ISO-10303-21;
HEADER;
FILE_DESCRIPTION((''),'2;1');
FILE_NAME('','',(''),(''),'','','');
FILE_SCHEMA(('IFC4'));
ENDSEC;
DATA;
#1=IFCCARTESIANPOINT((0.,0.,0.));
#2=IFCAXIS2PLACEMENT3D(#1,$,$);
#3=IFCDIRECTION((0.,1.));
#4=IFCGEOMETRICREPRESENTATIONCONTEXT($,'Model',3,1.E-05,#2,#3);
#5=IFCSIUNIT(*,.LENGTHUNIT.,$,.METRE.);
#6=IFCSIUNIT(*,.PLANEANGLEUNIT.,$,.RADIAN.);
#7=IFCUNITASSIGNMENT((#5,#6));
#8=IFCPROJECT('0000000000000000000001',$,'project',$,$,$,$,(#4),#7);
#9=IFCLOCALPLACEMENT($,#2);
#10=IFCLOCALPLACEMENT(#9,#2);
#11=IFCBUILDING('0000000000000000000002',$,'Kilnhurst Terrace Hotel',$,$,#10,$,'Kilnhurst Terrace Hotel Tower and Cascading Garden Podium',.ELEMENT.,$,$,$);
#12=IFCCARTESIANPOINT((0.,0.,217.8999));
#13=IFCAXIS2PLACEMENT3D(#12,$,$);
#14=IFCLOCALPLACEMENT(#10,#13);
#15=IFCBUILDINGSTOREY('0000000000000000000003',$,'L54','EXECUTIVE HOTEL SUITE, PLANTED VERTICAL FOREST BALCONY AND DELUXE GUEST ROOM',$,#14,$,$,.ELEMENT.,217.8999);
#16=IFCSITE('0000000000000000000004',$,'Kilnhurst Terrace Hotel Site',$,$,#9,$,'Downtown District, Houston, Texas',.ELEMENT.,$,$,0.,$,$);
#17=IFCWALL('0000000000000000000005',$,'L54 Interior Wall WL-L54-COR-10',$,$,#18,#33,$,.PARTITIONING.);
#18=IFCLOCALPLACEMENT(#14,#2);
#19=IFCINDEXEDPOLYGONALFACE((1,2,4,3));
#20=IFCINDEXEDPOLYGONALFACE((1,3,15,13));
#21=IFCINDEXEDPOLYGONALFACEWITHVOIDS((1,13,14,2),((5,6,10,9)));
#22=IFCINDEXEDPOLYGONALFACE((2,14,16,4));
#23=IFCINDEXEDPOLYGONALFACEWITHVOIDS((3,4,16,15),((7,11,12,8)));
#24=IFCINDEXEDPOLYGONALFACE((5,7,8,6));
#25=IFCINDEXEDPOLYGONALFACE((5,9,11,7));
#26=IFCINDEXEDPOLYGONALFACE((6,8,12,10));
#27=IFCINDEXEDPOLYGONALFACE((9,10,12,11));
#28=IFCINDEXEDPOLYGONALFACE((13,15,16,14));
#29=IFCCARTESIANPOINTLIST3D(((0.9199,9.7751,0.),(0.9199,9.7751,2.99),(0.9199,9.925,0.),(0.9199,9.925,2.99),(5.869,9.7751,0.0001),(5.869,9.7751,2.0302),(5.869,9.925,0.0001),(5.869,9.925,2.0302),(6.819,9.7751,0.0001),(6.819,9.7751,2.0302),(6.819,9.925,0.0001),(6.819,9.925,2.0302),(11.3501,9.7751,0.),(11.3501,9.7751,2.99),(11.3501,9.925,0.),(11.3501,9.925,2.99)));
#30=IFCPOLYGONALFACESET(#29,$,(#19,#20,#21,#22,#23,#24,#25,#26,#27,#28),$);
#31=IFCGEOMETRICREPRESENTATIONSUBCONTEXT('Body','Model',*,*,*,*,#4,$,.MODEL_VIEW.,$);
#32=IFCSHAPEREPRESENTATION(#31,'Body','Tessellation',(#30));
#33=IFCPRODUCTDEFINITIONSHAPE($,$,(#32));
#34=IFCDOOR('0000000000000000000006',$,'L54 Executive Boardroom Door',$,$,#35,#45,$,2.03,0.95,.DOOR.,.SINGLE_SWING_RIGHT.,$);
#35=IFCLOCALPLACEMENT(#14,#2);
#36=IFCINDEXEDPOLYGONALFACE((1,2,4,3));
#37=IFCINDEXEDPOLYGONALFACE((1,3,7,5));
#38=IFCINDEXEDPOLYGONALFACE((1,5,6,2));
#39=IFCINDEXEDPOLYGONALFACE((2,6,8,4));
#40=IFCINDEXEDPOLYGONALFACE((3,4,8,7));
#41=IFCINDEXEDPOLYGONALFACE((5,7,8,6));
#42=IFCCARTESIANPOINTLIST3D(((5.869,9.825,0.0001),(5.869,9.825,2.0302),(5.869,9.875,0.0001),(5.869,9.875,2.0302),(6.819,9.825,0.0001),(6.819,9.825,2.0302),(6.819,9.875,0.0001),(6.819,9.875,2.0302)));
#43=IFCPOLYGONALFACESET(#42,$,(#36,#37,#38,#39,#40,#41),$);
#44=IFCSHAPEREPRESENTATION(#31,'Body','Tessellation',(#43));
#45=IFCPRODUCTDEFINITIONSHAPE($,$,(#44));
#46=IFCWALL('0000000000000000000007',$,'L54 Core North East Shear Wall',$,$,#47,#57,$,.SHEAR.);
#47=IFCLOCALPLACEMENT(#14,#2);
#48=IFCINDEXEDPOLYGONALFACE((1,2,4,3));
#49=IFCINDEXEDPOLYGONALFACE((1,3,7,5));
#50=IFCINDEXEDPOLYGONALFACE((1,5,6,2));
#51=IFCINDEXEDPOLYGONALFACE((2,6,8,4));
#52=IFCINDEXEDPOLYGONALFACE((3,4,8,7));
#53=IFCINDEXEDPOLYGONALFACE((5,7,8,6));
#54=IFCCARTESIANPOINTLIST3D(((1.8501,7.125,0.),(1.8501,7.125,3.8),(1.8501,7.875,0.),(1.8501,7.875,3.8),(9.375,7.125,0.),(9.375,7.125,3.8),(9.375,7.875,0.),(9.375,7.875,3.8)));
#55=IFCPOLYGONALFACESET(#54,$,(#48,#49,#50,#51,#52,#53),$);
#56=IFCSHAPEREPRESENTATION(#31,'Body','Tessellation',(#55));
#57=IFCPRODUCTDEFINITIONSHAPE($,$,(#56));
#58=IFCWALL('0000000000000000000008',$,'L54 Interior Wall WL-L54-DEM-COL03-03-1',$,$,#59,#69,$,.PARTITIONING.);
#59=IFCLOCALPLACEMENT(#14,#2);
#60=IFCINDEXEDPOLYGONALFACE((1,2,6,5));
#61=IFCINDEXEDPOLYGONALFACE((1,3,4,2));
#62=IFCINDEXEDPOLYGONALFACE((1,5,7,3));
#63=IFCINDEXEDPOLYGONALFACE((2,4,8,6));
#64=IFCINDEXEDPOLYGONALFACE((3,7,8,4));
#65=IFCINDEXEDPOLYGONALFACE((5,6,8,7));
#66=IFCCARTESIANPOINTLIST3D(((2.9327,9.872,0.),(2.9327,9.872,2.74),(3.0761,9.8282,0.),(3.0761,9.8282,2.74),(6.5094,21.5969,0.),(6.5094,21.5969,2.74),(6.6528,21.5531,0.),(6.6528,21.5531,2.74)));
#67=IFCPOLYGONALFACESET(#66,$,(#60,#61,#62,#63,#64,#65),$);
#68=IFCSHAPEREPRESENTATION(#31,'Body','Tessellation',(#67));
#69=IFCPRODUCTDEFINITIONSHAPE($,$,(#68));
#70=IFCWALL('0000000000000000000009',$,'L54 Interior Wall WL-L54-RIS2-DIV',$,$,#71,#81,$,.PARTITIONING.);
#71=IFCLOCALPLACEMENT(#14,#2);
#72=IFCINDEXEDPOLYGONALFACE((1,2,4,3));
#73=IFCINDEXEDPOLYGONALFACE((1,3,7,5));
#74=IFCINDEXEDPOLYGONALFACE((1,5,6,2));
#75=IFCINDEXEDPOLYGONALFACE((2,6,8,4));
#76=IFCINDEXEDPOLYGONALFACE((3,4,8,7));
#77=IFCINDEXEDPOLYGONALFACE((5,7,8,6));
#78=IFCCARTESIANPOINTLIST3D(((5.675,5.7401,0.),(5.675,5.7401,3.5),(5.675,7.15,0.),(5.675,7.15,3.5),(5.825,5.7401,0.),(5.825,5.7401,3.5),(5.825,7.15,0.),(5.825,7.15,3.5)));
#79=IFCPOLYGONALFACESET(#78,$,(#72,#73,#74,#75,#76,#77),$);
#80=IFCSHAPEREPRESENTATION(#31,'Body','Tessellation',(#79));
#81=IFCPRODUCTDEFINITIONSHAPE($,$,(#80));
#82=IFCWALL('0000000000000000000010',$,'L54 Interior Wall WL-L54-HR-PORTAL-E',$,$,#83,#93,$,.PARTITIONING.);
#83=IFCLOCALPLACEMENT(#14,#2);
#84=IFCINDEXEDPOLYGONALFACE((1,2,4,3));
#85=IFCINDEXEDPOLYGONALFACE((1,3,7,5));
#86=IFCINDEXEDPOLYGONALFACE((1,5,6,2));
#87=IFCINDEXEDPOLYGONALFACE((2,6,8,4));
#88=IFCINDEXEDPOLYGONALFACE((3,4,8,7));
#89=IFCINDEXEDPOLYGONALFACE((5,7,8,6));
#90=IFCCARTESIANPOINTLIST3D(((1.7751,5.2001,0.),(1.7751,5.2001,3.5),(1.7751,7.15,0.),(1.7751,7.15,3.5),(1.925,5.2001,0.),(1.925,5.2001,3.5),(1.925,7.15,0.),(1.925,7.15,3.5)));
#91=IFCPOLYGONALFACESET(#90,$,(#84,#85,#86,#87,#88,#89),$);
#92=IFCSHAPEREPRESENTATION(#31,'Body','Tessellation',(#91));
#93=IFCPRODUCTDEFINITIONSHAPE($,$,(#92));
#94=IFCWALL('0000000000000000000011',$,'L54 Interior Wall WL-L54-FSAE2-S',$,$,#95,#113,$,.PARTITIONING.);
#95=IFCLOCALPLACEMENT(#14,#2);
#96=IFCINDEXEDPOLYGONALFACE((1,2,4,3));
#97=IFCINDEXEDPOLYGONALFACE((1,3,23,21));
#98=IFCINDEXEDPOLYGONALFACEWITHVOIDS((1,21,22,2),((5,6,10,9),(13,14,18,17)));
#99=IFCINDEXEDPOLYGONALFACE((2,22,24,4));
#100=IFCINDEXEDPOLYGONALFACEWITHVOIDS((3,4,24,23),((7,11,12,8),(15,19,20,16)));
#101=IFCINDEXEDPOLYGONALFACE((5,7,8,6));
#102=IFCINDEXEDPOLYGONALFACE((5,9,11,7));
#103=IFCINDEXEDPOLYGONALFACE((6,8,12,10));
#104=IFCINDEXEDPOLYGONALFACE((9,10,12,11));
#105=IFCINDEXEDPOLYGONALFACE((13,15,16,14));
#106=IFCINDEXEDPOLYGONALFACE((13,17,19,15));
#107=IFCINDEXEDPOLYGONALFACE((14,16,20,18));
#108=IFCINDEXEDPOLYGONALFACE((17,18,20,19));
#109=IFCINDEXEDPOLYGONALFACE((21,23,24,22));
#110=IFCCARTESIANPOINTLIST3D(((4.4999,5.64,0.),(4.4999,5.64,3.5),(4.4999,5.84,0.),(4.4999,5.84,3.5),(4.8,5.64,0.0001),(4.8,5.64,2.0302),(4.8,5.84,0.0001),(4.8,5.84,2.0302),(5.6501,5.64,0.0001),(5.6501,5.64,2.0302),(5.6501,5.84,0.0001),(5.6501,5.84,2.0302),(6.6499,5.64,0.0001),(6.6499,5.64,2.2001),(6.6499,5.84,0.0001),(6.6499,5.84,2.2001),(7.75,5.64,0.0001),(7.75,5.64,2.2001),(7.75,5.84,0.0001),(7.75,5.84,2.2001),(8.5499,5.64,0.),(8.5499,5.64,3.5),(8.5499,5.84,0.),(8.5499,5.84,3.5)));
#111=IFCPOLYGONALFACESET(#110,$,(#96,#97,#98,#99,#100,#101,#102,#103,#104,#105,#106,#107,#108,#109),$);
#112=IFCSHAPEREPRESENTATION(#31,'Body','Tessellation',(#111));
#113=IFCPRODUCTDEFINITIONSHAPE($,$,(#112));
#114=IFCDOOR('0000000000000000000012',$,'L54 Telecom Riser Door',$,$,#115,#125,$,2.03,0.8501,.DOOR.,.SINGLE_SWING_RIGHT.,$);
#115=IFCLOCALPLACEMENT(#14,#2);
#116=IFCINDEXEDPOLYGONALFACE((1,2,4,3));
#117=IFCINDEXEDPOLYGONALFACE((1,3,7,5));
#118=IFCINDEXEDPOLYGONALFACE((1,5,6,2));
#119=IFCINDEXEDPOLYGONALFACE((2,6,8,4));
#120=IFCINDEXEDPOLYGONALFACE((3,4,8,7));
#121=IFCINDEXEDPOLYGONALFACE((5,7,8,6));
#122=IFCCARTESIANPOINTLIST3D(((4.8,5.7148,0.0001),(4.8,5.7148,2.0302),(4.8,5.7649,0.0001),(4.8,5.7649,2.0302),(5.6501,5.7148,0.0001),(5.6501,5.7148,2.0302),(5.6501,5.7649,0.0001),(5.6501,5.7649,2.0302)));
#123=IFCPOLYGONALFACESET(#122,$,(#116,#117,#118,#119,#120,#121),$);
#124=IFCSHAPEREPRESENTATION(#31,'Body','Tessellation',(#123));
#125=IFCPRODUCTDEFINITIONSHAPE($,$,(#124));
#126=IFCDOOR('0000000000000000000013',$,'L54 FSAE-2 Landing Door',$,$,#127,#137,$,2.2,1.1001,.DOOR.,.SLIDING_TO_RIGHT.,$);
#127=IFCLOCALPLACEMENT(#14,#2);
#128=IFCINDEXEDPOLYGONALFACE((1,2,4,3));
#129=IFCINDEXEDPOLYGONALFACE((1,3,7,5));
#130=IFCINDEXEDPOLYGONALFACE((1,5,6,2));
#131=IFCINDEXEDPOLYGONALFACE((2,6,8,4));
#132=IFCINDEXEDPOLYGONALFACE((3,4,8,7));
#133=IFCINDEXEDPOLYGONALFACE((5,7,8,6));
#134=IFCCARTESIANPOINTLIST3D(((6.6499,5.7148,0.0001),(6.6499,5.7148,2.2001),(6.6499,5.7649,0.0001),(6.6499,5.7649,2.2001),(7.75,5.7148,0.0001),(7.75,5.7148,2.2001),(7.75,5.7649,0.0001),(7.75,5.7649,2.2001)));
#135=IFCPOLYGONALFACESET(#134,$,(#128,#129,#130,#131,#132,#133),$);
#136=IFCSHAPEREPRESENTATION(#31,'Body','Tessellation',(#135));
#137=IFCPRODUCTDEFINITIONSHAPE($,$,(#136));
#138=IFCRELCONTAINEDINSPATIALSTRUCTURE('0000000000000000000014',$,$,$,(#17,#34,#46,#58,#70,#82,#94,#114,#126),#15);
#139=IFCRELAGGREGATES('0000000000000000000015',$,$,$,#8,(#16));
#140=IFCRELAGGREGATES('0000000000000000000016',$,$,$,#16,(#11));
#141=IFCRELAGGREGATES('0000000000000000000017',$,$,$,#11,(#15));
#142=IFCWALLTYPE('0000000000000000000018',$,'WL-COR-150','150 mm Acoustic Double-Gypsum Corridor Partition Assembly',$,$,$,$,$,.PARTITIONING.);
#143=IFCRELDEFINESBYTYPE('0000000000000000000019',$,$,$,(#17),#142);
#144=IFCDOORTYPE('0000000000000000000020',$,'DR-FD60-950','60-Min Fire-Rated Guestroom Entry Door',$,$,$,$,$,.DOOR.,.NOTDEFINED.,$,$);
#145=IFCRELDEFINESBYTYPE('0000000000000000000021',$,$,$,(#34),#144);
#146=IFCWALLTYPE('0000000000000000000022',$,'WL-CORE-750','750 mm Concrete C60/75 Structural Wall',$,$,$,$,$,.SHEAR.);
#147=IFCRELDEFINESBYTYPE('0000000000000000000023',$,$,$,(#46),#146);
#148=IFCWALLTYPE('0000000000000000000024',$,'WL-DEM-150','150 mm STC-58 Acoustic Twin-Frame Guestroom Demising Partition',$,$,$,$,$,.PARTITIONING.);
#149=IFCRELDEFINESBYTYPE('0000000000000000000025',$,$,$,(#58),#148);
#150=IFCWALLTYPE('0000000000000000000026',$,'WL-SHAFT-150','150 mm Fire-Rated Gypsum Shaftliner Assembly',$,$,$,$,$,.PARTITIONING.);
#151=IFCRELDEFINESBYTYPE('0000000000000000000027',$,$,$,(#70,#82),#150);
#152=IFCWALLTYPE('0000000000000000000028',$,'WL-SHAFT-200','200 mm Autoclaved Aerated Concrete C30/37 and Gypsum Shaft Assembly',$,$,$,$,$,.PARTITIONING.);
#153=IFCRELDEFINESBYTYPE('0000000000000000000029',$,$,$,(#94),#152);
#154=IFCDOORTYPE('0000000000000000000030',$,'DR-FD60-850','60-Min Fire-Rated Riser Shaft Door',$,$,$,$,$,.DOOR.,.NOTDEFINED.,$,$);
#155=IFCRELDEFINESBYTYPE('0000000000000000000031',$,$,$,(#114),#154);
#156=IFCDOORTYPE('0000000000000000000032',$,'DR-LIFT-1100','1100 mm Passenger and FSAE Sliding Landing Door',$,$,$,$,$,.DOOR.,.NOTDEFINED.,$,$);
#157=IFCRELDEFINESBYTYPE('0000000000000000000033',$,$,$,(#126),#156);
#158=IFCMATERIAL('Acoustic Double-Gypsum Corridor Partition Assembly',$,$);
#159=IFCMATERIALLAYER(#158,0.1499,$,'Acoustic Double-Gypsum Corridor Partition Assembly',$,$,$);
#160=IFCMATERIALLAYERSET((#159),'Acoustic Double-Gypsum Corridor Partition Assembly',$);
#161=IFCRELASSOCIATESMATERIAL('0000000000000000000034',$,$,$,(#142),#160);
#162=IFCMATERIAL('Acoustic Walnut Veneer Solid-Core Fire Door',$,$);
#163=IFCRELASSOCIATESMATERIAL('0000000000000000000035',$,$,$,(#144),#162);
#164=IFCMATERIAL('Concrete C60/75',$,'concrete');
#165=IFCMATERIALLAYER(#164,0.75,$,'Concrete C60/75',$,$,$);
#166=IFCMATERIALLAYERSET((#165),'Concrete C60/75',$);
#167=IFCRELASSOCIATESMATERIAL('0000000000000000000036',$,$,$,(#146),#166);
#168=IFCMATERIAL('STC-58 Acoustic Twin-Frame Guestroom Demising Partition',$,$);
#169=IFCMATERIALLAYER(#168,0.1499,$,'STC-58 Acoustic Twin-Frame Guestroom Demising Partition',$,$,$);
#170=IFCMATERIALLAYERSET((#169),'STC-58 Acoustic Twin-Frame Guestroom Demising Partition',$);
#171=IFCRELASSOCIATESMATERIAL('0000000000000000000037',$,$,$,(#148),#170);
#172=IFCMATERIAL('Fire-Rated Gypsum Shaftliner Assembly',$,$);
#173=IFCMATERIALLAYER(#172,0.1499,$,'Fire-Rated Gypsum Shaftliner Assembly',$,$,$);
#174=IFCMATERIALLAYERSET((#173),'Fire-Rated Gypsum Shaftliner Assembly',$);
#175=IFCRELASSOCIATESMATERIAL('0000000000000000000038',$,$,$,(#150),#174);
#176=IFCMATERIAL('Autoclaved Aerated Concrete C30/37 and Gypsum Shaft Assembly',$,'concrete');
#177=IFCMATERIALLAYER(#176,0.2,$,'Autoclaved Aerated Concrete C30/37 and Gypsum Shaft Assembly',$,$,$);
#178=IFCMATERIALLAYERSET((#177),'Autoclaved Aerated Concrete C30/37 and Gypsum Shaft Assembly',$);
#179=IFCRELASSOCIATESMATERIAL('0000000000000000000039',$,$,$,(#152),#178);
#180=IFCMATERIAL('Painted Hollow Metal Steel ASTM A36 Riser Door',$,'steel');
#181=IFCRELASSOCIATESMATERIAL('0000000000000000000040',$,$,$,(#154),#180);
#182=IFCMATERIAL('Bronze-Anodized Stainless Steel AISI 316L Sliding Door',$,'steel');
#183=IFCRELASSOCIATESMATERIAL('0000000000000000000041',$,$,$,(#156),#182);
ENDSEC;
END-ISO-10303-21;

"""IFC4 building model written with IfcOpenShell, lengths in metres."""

from ifc_helpers import new_model, si_unit, direction, frame, frame_2d, origin, place, context, subcontext, project, spatial, rectangle, extrude, material, layer, layer_set, type_object, element, fill, save


model = new_model("IFC4")

# Units and contexts
model_context = context("Model", 3, precision=1e-05, world=origin(), true_north=direction((0.0, 1.0)))
body_context = subcontext(model_context, "Body", "Model", "MODEL_VIEW")
ifc_project = project(units=[si_unit("LENGTHUNIT", "METRE"), si_unit("PLANEANGLEUNIT", "RADIAN")], contexts=[model_context])

# Site, building, storey
site_placement = place(None, origin())
site = spatial("IfcSite", under=ifc_project, at=site_placement, Name="Kilnhurst Terrace Hotel Site", LongName="Downtown District, Houston, Texas", CompositionType="ELEMENT", RefElevation=0.0)
building_placement = place(site_placement, origin())
building = spatial("IfcBuilding", under=site, at=building_placement, Name="Kilnhurst Terrace Hotel", LongName="Kilnhurst Terrace Hotel Tower and Cascading Garden Podium", CompositionType="ELEMENT")
storey_placement = place(building_placement, frame((0.0, 0.0, 217.8999)))
storey = spatial("IfcBuildingStorey", under=building, at=storey_placement, Name="L54", Description="EXECUTIVE HOTEL SUITE, PLANTED VERTICAL FOREST BALCONY AND DELUXE GUEST ROOM", CompositionType="ELEMENT", Elevation=217.8999)

# Shared definitions
ifc_material_1 = material(Name="Concrete C60/75", Category="concrete")

# Shared definitions
ifc_material_2 = material(Name="Acoustic Double-Gypsum Corridor Partition Assembly")
ifc_layer_1 = layer(ifc_material_2, 0.1499, Name="Acoustic Double-Gypsum Corridor Partition Assembly")
ifc_layer_set_1 = layer_set([ifc_layer_1], Name="Acoustic Double-Gypsum Corridor Partition Assembly")
wall_type_1 = type_object("IfcWallType", Name="WL-COR-150", Description="150 mm Acoustic Double-Gypsum Corridor Partition Assembly", PredefinedType="PARTITIONING", material=ifc_layer_set_1)

# Wall, opening, door
wall_1_placement = place(storey_placement, frame((0.9199, 9.8501, 0.0), z_axis=(0.0, 0.0, 1.0), x_axis=(1.0, 0.0, 0.0)))
wall_1 = element("IfcWall", 1, at=wall_1_placement, inside=storey, type_object=wall_type_1, Name="L54 Interior Wall WL-L54-COR-10", PredefinedType="PARTITIONING", context=body_context, shape_type="SweptSolid", body=[
    extrude(rectangle(XDim=10.4302, YDim=0.1499, at=frame_2d((5.2151, 0.0))), origin(), (0.0, 0.0, 1.0), 2.99),
])
opening_1_placement = place(wall_1_placement, frame((4.949, 0.0, 0.0)))
opening_1 = element("IfcOpeningElement", 2, at=opening_1_placement, cuts=wall_1, PredefinedType="OPENING", context=body_context, shape_type="SweptSolid", body=[
    extrude(rectangle(XDim=0.95, YDim=2.03, at=frame_2d((0.4751, 1.0151))), frame((0.0, 0.085, 0.0), z_axis=(0.0, -1.0, 0.0), x_axis=(1.0, 0.0, 0.0)), (0.0, 0.0, 1.0), 0.1699),
])
ifc_material_3 = material(Name="Acoustic Walnut Veneer Solid-Core Fire Door")
door_type_1 = type_object("IfcDoorType", Name="DR-FD60-950", Description="60-Min Fire-Rated Guestroom Entry Door", OperationType="NOTDEFINED", PredefinedType="DOOR", material=ifc_material_3)
door_1_placement = place(opening_1_placement, origin())
door_1 = element("IfcDoor", 3, at=door_1_placement, inside=storey, type_object=door_type_1, Name="L54 Executive Boardroom Door", OperationType="SINGLE_SWING_RIGHT", OverallHeight=2.03, OverallWidth=0.95, PredefinedType="DOOR", context=body_context, shape_type="SweptSolid", body=[
    extrude(rectangle(XDim=0.95, YDim=2.03, at=frame_2d((0.4751, 1.0151))), frame((0.0, 0.0249, 0.0), z_axis=(0.0, -1.0, 0.0), x_axis=(1.0, 0.0, 0.0)), (0.0, 0.0, 1.0), 0.05),
])
fill(opening_1, door_1)

# Walls
ifc_layer_2 = layer(ifc_material_1, 0.75, Name="Concrete C60/75")
ifc_layer_set_2 = layer_set([ifc_layer_2], Name="Concrete C60/75")
wall_type_2 = type_object("IfcWallType", Name="WL-CORE-750", Description="750 mm Concrete C60/75 Structural Wall", PredefinedType="SHEAR", material=ifc_layer_set_2)
wall_2_placement = place(storey_placement, frame((1.8501, 7.5, 0.0), z_axis=(0.0, 0.0, 1.0), x_axis=(1.0, 0.0, 0.0)))
element("IfcWall", 4, at=wall_2_placement, inside=storey, type_object=wall_type_2, Name="L54 Core North East Shear Wall", PredefinedType="SHEAR", context=body_context, shape_type="SweptSolid", body=[
    extrude(rectangle(XDim=7.5249, YDim=0.75, at=frame_2d((3.7625, 0.0))), origin(), (0.0, 0.0, 1.0), 3.8),
])
ifc_material_4 = material(Name="STC-58 Acoustic Twin-Frame Guestroom Demising Partition")
ifc_layer_3 = layer(ifc_material_4, 0.1499, Name="STC-58 Acoustic Twin-Frame Guestroom Demising Partition")
ifc_layer_set_3 = layer_set([ifc_layer_3], Name="STC-58 Acoustic Twin-Frame Guestroom Demising Partition")
wall_type_3 = type_object("IfcWallType", Name="WL-DEM-150", Description="150 mm STC-58 Acoustic Twin-Frame Guestroom Demising Partition", PredefinedType="PARTITIONING", material=ifc_layer_set_3)
wall_3_placement = place(storey_placement, frame((3.0044, 9.8501, 0.0), z_axis=(0.0, 0.0, 1.0), x_axis=(0.291776, 0.956487, 0.0)))
element("IfcWall", 5, at=wall_3_placement, inside=storey, type_object=wall_type_3, Name="L54 Interior Wall WL-L54-DEM-COL03-03-1", PredefinedType="PARTITIONING", context=body_context, shape_type="SweptSolid", body=[
    extrude(rectangle(XDim=12.2583, YDim=0.1499, at=frame_2d((6.1292, 0.0))), origin(), (0.0, 0.0, 1.0), 2.74),
])
ifc_material_5 = material(Name="Fire-Rated Gypsum Shaftliner Assembly")
ifc_layer_4 = layer(ifc_material_5, 0.1499, Name="Fire-Rated Gypsum Shaftliner Assembly")
ifc_layer_set_4 = layer_set([ifc_layer_4], Name="Fire-Rated Gypsum Shaftliner Assembly")
wall_type_4 = type_object("IfcWallType", Name="WL-SHAFT-150", Description="150 mm Fire-Rated Gypsum Shaftliner Assembly", PredefinedType="PARTITIONING", material=ifc_layer_set_4)
wall_4_placement = place(storey_placement, frame((5.75, 5.74, 0.0), z_axis=(0.0, 0.0, 1.0), x_axis=(0.0, 1.0, 0.0)))
element("IfcWall", 6, at=wall_4_placement, inside=storey, type_object=wall_type_4, Name="L54 Interior Wall WL-L54-RIS2-DIV", PredefinedType="PARTITIONING", context=body_context, shape_type="SweptSolid", body=[
    extrude(rectangle(XDim=1.4099, YDim=0.1499, at=frame_2d((0.7051, 0.0))), origin(), (0.0, 0.0, 1.0), 3.5),
])
wall_5_placement = place(storey_placement, frame((1.8501, 5.2, 0.0), z_axis=(0.0, 0.0, 1.0), x_axis=(0.0, 1.0, 0.0)))
element("IfcWall", 7, at=wall_5_placement, inside=storey, type_object=wall_type_4, Name="L54 Interior Wall WL-L54-HR-PORTAL-E", PredefinedType="PARTITIONING", context=body_context, shape_type="SweptSolid", body=[
    extrude(rectangle(XDim=1.95, YDim=0.1499, at=frame_2d((0.9751, 0.0))), origin(), (0.0, 0.0, 1.0), 3.5),
])

# Wall, openings, doors
ifc_material_6 = material(Name="Autoclaved Aerated Concrete C30/37 and Gypsum Shaft Assembly", Category="concrete")
ifc_layer_5 = layer(ifc_material_6, 0.2, Name="Autoclaved Aerated Concrete C30/37 and Gypsum Shaft Assembly")
ifc_layer_set_5 = layer_set([ifc_layer_5], Name="Autoclaved Aerated Concrete C30/37 and Gypsum Shaft Assembly")
wall_type_5 = type_object("IfcWallType", Name="WL-SHAFT-200", Description="200 mm Autoclaved Aerated Concrete C30/37 and Gypsum Shaft Assembly", PredefinedType="PARTITIONING", material=ifc_layer_set_5)
wall_6_placement = place(storey_placement, frame((4.5, 5.74, 0.0), z_axis=(0.0, 0.0, 1.0), x_axis=(1.0, 0.0, 0.0)))
wall_6 = element("IfcWall", 8, at=wall_6_placement, inside=storey, type_object=wall_type_5, Name="L54 Interior Wall WL-L54-FSAE2-S", PredefinedType="PARTITIONING", context=body_context, shape_type="SweptSolid", body=[
    extrude(rectangle(XDim=4.05, YDim=0.2, at=frame_2d((2.0249, 0.0))), origin(), (0.0, 0.0, 1.0), 3.5),
])
opening_2_placement = place(wall_6_placement, frame((0.3, 0.0, 0.0)))
opening_2 = element("IfcOpeningElement", 9, at=opening_2_placement, cuts=wall_6, PredefinedType="OPENING", context=body_context, shape_type="SweptSolid", body=[
    extrude(rectangle(XDim=0.8501, YDim=2.03, at=frame_2d((0.425, 1.0151))), frame((0.0, 0.1099, 0.0), z_axis=(0.0, -1.0, 0.0), x_axis=(1.0, 0.0, 0.0)), (0.0, 0.0, 1.0), 0.22),
])
opening_3_placement = place(wall_6_placement, frame((2.1499, 0.0, 0.0)))
opening_3 = element("IfcOpeningElement", 10, at=opening_3_placement, cuts=wall_6, PredefinedType="OPENING", context=body_context, shape_type="SweptSolid", body=[
    extrude(rectangle(XDim=1.1001, YDim=2.2, at=frame_2d((0.55, 1.1001))), frame((0.0, 0.1099, 0.0), z_axis=(0.0, -1.0, 0.0), x_axis=(1.0, 0.0, 0.0)), (0.0, 0.0, 1.0), 0.22),
])
ifc_material_7 = material(Name="Painted Hollow Metal Steel ASTM A36 Riser Door", Category="steel")
door_type_2 = type_object("IfcDoorType", Name="DR-FD60-850", Description="60-Min Fire-Rated Riser Shaft Door", OperationType="NOTDEFINED", PredefinedType="DOOR", material=ifc_material_7)
door_2_placement = place(opening_2_placement, origin())
door_2 = element("IfcDoor", 11, at=door_2_placement, inside=storey, type_object=door_type_2, Name="L54 Telecom Riser Door", OperationType="SINGLE_SWING_RIGHT", OverallHeight=2.03, OverallWidth=0.8501, PredefinedType="DOOR", context=body_context, shape_type="SweptSolid", body=[
    extrude(rectangle(XDim=0.8501, YDim=2.03, at=frame_2d((0.425, 1.0151))), frame((0.0, 0.0249, 0.0), z_axis=(0.0, -1.0, 0.0), x_axis=(1.0, 0.0, 0.0)), (0.0, 0.0, 1.0), 0.05),
])
fill(opening_2, door_2)
ifc_material_8 = material(Name="Bronze-Anodized Stainless Steel AISI 316L Sliding Door", Category="steel")
door_type_3 = type_object("IfcDoorType", Name="DR-LIFT-1100", Description="1100 mm Passenger and FSAE Sliding Landing Door", OperationType="NOTDEFINED", PredefinedType="DOOR", material=ifc_material_8)
door_3_placement = place(opening_3_placement, origin())
door_3 = element("IfcDoor", 12, at=door_3_placement, inside=storey, type_object=door_type_3, Name="L54 FSAE-2 Landing Door", OperationType="SLIDING_TO_RIGHT", OverallHeight=2.2, OverallWidth=1.1001, PredefinedType="DOOR", context=body_context, shape_type="SweptSolid", body=[
    extrude(rectangle(XDim=1.1001, YDim=2.2, at=frame_2d((0.55, 1.1001))), frame((0.0, 0.0249, 0.0), z_axis=(0.0, -1.0, 0.0), x_axis=(1.0, 0.0, 0.0)), (0.0, 0.0, 1.0), 0.05),
])
fill(opening_3, door_3)

save(model, "model.ifc")
